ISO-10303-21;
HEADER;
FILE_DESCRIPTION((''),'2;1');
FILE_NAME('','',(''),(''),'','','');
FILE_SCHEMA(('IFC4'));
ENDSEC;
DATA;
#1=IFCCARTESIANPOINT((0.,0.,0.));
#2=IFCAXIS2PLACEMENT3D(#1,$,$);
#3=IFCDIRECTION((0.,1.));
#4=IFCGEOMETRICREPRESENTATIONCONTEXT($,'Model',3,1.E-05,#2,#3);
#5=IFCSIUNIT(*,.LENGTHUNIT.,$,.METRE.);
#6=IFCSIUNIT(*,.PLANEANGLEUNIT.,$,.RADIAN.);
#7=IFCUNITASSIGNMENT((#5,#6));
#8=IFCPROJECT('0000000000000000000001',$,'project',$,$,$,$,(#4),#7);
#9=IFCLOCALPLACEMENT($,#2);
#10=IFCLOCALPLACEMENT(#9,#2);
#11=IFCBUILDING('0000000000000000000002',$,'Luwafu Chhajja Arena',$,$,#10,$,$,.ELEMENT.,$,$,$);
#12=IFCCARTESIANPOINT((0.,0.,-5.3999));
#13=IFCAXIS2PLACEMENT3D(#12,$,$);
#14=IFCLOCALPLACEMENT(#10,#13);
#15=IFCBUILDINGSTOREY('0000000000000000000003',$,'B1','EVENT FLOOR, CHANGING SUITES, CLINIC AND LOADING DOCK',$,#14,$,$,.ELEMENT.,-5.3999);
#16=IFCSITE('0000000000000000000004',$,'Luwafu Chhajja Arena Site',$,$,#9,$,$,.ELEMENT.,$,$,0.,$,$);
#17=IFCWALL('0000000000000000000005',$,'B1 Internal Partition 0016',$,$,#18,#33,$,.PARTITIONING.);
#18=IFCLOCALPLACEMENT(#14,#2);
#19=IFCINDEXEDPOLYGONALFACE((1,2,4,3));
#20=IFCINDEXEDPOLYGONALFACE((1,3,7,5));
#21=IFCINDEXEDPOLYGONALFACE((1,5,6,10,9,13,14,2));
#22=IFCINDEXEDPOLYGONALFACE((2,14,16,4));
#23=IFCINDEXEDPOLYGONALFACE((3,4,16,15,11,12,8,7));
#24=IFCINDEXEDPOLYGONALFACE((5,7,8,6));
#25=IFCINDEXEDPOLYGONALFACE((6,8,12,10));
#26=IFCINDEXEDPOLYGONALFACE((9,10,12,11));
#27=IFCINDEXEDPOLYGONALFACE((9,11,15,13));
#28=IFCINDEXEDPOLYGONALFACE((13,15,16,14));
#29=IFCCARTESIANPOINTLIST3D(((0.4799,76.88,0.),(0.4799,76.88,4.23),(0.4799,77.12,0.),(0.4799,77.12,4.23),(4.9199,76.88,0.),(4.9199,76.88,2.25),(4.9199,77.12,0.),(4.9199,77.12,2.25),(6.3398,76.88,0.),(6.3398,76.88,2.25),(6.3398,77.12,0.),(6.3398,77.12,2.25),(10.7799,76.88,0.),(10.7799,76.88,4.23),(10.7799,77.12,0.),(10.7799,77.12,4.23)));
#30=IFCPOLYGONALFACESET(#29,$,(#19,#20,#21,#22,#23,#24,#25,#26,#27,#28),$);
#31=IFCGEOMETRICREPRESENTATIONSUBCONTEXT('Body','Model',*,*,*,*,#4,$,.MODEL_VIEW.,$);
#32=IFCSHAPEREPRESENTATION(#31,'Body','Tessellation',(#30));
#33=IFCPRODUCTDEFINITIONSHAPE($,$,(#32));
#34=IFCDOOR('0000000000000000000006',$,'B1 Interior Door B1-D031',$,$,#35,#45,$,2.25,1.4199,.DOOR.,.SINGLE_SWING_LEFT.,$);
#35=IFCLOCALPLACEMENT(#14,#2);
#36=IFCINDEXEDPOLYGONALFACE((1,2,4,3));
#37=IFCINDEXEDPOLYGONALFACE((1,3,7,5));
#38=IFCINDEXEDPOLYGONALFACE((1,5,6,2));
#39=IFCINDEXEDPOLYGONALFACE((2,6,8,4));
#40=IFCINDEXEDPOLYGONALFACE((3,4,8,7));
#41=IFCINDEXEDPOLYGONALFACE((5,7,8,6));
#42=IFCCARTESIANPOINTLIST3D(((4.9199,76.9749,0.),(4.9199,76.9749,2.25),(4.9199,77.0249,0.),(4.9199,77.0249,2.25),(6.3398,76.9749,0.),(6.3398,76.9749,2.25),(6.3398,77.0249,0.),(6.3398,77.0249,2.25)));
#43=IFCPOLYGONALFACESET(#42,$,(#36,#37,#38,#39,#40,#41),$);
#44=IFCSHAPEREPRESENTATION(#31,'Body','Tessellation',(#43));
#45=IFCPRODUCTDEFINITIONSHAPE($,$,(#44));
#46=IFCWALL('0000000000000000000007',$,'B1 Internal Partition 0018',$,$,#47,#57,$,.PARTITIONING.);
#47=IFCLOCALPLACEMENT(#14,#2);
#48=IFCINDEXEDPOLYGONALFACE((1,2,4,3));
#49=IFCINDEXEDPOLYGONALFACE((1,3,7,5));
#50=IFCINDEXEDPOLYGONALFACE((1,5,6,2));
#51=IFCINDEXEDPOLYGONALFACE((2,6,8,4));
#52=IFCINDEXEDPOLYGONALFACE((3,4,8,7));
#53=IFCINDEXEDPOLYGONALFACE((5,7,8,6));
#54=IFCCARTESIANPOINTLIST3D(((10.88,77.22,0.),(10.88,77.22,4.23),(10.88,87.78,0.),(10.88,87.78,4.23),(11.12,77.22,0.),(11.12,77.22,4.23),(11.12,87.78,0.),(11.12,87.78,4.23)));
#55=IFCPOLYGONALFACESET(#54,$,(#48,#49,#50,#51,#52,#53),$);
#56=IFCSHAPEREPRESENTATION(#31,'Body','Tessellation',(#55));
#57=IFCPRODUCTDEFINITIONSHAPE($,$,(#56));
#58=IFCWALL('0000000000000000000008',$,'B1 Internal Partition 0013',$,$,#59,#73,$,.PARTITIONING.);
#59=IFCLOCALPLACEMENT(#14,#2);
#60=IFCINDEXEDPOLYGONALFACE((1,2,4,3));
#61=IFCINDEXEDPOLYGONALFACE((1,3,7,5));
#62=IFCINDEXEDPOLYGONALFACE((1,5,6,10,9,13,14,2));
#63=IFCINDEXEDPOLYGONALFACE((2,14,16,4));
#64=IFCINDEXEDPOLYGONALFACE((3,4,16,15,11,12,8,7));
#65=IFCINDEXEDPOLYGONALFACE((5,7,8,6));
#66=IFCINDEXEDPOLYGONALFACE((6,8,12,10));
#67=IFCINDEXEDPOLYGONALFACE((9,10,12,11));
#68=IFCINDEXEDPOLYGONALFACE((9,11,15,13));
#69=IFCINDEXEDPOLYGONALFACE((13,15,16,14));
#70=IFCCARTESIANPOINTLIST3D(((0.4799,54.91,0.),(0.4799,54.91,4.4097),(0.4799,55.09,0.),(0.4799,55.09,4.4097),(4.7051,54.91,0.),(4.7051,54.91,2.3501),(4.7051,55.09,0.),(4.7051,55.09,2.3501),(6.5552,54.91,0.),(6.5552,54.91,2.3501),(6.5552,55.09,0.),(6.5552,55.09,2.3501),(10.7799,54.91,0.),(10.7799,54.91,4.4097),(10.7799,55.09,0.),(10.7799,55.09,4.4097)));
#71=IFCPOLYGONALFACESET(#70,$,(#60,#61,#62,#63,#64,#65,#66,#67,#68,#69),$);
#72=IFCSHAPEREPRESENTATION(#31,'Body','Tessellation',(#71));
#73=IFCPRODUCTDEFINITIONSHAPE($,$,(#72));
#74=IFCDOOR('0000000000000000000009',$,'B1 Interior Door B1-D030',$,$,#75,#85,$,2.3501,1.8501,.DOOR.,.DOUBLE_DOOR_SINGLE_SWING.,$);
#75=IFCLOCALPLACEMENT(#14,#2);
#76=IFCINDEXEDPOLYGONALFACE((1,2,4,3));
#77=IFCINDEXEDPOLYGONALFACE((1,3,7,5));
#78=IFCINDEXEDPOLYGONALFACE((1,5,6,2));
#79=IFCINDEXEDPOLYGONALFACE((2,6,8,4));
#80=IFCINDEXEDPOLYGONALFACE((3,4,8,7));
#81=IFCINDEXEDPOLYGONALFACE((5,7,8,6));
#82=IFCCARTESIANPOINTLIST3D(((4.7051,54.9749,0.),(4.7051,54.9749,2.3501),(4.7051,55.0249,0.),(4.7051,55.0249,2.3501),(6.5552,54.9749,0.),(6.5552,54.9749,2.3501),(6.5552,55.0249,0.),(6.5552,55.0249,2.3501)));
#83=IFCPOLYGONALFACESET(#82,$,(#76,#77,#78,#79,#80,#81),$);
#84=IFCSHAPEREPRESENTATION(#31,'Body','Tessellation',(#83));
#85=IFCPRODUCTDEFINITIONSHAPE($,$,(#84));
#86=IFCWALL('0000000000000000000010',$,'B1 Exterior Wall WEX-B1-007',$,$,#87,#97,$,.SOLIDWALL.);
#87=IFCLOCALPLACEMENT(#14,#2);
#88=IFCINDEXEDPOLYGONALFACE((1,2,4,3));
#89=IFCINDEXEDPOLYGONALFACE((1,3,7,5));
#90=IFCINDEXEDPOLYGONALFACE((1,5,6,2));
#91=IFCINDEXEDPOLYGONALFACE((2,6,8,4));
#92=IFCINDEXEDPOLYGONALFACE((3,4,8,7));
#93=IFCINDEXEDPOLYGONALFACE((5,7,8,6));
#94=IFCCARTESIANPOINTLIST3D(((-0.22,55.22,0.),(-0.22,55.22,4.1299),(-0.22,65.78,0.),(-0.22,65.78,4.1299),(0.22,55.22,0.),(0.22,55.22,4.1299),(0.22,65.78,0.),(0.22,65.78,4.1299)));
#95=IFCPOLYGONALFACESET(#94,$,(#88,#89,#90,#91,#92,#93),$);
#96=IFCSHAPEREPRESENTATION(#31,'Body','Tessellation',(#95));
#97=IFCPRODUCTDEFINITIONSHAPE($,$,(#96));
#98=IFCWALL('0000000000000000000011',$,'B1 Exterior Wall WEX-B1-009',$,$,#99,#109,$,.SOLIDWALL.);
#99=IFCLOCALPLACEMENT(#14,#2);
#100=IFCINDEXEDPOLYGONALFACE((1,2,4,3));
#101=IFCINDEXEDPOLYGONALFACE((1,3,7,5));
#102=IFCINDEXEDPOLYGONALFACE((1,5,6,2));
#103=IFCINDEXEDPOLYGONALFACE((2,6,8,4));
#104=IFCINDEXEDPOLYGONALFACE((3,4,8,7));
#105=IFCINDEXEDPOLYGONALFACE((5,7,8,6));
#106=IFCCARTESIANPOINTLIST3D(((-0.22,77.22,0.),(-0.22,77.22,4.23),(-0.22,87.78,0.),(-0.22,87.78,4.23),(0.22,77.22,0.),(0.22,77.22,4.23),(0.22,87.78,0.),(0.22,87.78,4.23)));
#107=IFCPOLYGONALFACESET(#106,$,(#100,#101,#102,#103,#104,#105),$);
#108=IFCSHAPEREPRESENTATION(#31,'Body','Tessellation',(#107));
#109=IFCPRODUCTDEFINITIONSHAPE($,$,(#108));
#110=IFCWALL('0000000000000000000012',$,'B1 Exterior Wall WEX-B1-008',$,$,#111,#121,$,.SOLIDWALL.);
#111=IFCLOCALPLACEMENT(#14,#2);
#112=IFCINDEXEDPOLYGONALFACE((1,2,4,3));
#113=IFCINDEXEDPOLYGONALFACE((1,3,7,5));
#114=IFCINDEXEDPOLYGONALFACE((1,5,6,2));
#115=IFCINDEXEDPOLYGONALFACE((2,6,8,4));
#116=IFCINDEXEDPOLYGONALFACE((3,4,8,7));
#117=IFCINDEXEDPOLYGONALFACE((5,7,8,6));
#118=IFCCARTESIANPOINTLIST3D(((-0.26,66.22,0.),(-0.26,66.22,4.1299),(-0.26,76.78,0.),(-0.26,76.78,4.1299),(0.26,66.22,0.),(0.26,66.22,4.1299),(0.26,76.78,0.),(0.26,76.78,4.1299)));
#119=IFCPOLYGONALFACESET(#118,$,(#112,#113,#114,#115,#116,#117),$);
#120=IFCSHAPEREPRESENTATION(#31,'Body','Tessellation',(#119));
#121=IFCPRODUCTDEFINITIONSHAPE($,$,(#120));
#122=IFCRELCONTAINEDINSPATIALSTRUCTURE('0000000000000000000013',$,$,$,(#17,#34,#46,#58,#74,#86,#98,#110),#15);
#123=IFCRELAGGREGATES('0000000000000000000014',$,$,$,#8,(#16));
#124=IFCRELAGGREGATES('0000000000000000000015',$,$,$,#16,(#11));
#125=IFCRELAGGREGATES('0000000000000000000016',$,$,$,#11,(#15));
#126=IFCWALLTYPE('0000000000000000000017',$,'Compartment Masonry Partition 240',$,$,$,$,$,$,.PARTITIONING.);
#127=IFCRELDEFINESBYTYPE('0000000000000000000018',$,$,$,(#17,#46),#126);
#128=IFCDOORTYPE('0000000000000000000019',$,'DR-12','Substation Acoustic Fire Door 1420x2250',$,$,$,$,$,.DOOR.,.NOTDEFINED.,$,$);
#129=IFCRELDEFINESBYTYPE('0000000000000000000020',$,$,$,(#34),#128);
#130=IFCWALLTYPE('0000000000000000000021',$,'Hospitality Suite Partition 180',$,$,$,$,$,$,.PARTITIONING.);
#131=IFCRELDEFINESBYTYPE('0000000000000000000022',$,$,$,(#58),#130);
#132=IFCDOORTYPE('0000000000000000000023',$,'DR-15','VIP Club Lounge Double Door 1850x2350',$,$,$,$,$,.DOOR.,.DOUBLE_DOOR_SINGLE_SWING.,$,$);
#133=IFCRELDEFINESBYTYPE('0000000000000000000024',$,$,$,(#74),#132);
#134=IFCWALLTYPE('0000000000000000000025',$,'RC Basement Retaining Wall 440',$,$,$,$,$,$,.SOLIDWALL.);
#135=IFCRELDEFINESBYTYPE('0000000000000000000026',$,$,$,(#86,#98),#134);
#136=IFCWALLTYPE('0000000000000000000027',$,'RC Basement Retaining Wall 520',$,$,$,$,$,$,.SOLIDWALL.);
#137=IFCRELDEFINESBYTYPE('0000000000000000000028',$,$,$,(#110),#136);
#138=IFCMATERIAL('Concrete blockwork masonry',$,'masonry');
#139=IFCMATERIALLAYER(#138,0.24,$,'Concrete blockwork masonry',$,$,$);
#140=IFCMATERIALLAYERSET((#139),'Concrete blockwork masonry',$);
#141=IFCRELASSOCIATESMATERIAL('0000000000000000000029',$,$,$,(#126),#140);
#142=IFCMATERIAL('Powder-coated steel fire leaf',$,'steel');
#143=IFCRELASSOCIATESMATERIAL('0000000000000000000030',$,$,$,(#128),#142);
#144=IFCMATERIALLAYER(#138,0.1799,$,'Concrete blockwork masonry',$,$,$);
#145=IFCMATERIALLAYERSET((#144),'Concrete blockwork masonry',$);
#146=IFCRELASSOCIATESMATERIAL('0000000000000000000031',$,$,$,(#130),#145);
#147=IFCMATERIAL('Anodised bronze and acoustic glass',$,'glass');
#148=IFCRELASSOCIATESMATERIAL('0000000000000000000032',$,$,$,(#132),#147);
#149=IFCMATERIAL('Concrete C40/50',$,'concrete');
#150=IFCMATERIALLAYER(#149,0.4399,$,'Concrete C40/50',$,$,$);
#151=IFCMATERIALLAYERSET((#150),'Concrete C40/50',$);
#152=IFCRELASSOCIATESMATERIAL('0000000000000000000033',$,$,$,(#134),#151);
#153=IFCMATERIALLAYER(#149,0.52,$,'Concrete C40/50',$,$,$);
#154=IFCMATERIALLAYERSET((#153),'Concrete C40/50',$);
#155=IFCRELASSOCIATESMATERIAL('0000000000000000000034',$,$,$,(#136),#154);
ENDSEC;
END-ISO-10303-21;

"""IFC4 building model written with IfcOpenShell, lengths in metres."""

from ifc_helpers import new_model, si_unit, direction, frame, frame_2d, origin, place, context, subcontext, project, spatial, rectangle, extrude, material, layer, layer_set, type_object, element, fill, save


model = new_model("IFC4")

# Units and contexts
model_context = context("Model", 3, precision=1e-05, world=origin(), true_north=direction((0.0, 1.0)))
body_context = subcontext(model_context, "Body", "Model", "MODEL_VIEW")
ifc_project = project(units=[si_unit("LENGTHUNIT", "METRE"), si_unit("PLANEANGLEUNIT", "RADIAN")], contexts=[model_context])

# Site, building, storey
site_placement = place(None, origin())
site = spatial("IfcSite", under=ifc_project, at=site_placement, Name="Luwafu Chhajja Arena Site", CompositionType="ELEMENT", RefElevation=0.0)
building_placement = place(site_placement, origin())
building = spatial("IfcBuilding", under=site, at=building_placement, Name="Luwafu Chhajja Arena", CompositionType="ELEMENT")
storey_placement = place(building_placement, frame((0.0, 0.0, -5.3999)))
storey = spatial("IfcBuildingStorey", under=building, at=storey_placement, Name="B1", Description="EVENT FLOOR, CHANGING SUITES, CLINIC AND LOADING DOCK", CompositionType="ELEMENT", Elevation=-5.3999)

# Shared definitions
ifc_material_1 = material(Name="Concrete C40/50", Category="concrete")

# Shared definitions
ifc_material_2 = material(Name="Concrete blockwork masonry", Category="masonry")
ifc_layer_1 = layer(ifc_material_2, 0.24, Name="Concrete blockwork masonry")
ifc_layer_set_1 = layer_set([ifc_layer_1], Name="Concrete blockwork masonry")
wall_type_1 = type_object("IfcWallType", Name="Compartment Masonry Partition 240", PredefinedType="PARTITIONING", material=ifc_layer_set_1)

# Wall, opening, door
wall_1_placement = place(storey_placement, frame((0.48, 77.0, 0.0), z_axis=(0.0, 0.0, 1.0), x_axis=(1.0, 0.0, 0.0)))
wall_1 = element("IfcWall", 1, at=wall_1_placement, inside=storey, type_object=wall_type_1, Name="B1 Internal Partition 0016", PredefinedType="PARTITIONING", context=body_context, shape_type="SweptSolid", body=[
    extrude(rectangle(XDim=10.3, YDim=0.24, at=frame_2d((5.1499, 0.0))), origin(), (0.0, 0.0, 1.0), 4.23),
])
opening_1_placement = place(wall_1_placement, frame((4.4399, 0.0, 0.0)))
opening_1 = element("IfcOpeningElement", 2, at=opening_1_placement, cuts=wall_1, PredefinedType="OPENING", context=body_context, shape_type="SweptSolid", body=[
    extrude(rectangle(XDim=1.4199, YDim=2.25, at=frame_2d((0.71, 1.125))), frame((0.0, 0.1299, 0.0), z_axis=(0.0, -1.0, 0.0), x_axis=(1.0, 0.0, 0.0)), (0.0, 0.0, 1.0), 0.26),
])
ifc_material_3 = material(Name="Powder-coated steel fire leaf", Category="steel")
door_type_1 = type_object("IfcDoorType", Name="DR-12", Description="Substation Acoustic Fire Door 1420x2250", OperationType="NOTDEFINED", PredefinedType="DOOR", material=ifc_material_3)
door_1_placement = place(opening_1_placement, origin())
door_1 = element("IfcDoor", 3, at=door_1_placement, inside=storey, type_object=door_type_1, Name="B1 Interior Door B1-D031", OperationType="SINGLE_SWING_LEFT", OverallHeight=2.25, OverallWidth=1.4199, PredefinedType="DOOR", context=body_context, shape_type="SweptSolid", body=[
    extrude(rectangle(XDim=1.4199, YDim=2.25, at=frame_2d((0.71, 1.125))), frame((0.0, 0.0249, 0.0), z_axis=(0.0, -1.0, 0.0), x_axis=(1.0, 0.0, 0.0)), (0.0, 0.0, 1.0), 0.05),
])
fill(opening_1, door_1)

# Wall
wall_2_placement = place(storey_placement, frame((11.0, 77.22, 0.0), z_axis=(0.0, 0.0, 1.0), x_axis=(0.0, 1.0, 0.0)))
element("IfcWall", 4, at=wall_2_placement, inside=storey, type_object=wall_type_1, Name="B1 Internal Partition 0018", PredefinedType="PARTITIONING", context=body_context, shape_type="SweptSolid", body=[
    extrude(rectangle(XDim=10.5601, YDim=0.24, at=frame_2d((5.28, 0.0))), origin(), (0.0, 0.0, 1.0), 4.23),
])

# Wall, opening, door
ifc_layer_2 = layer(ifc_material_2, 0.1799, Name="Concrete blockwork masonry")
ifc_layer_set_2 = layer_set([ifc_layer_2], Name="Concrete blockwork masonry")
wall_type_2 = type_object("IfcWallType", Name="Hospitality Suite Partition 180", PredefinedType="PARTITIONING", material=ifc_layer_set_2)
wall_3_placement = place(storey_placement, frame((0.48, 55.0, 0.0), z_axis=(0.0, 0.0, 1.0), x_axis=(1.0, 0.0, 0.0)))
wall_3 = element("IfcWall", 5, at=wall_3_placement, inside=storey, type_object=wall_type_2, Name="B1 Internal Partition 0013", PredefinedType="PARTITIONING", context=body_context, shape_type="SweptSolid", body=[
    extrude(rectangle(XDim=10.3, YDim=0.1799, at=frame_2d((5.1499, 0.0))), origin(), (0.0, 0.0, 1.0), 4.4097),
])
opening_2_placement = place(wall_3_placement, frame((4.2251, 0.0, 0.0)))
opening_2 = element("IfcOpeningElement", 6, at=opening_2_placement, cuts=wall_3, PredefinedType="OPENING", context=body_context, shape_type="SweptSolid", body=[
    extrude(rectangle(XDim=1.8501, YDim=2.3501, at=frame_2d((0.925, 1.175))), frame((0.0, 0.0999, 0.0), z_axis=(0.0, -1.0, 0.0), x_axis=(1.0, 0.0, 0.0)), (0.0, 0.0, 1.0), 0.2),
])
ifc_material_4 = material(Name="Anodised bronze and acoustic glass", Category="glass")
door_type_2 = type_object("IfcDoorType", Name="DR-15", Description="VIP Club Lounge Double Door 1850x2350", OperationType="DOUBLE_DOOR_SINGLE_SWING", PredefinedType="DOOR", material=ifc_material_4)
door_2_placement = place(opening_2_placement, origin())
door_2 = element("IfcDoor", 7, at=door_2_placement, inside=storey, type_object=door_type_2, Name="B1 Interior Door B1-D030", OperationType="DOUBLE_DOOR_SINGLE_SWING", OverallHeight=2.3501, OverallWidth=1.8501, PredefinedType="DOOR", context=body_context, shape_type="SweptSolid", body=[
    extrude(rectangle(XDim=1.8501, YDim=2.3501, at=frame_2d((0.925, 1.175))), frame((0.0, 0.0249, 0.0), z_axis=(0.0, -1.0, 0.0), x_axis=(1.0, 0.0, 0.0)), (0.0, 0.0, 1.0), 0.05),
])
fill(opening_2, door_2)

# Walls
ifc_layer_3 = layer(ifc_material_1, 0.4399, Name="Concrete C40/50")
ifc_layer_set_3 = layer_set([ifc_layer_3], Name="Concrete C40/50")
wall_type_3 = type_object("IfcWallType", Name="RC Basement Retaining Wall 440", PredefinedType="SOLIDWALL", material=ifc_layer_set_3)
wall_4_placement = place(storey_placement, frame((0.0, 55.22, 0.0), z_axis=(0.0, 0.0, 1.0), x_axis=(0.0, 1.0, 0.0)))
element("IfcWall", 8, at=wall_4_placement, inside=storey, type_object=wall_type_3, Name="B1 Exterior Wall WEX-B1-007", PredefinedType="SOLIDWALL", context=body_context, shape_type="SweptSolid", body=[
    extrude(rectangle(XDim=10.5601, YDim=0.4399, at=frame_2d((5.28, 0.0))), origin(), (0.0, 0.0, 1.0), 4.1299),
])
wall_5_placement = place(storey_placement, frame((0.0, 77.22, 0.0), z_axis=(0.0, 0.0, 1.0), x_axis=(0.0, 1.0, 0.0)))
element("IfcWall", 9, at=wall_5_placement, inside=storey, type_object=wall_type_3, Name="B1 Exterior Wall WEX-B1-009", PredefinedType="SOLIDWALL", context=body_context, shape_type="SweptSolid", body=[
    extrude(rectangle(XDim=10.5601, YDim=0.4399, at=frame_2d((5.28, 0.0))), origin(), (0.0, 0.0, 1.0), 4.23),
])
ifc_layer_4 = layer(ifc_material_1, 0.52, Name="Concrete C40/50")
ifc_layer_set_4 = layer_set([ifc_layer_4], Name="Concrete C40/50")
wall_type_4 = type_object("IfcWallType", Name="RC Basement Retaining Wall 520", PredefinedType="SOLIDWALL", material=ifc_layer_set_4)
wall_6_placement = place(storey_placement, frame((0.0, 66.22, 0.0), z_axis=(0.0, 0.0, 1.0), x_axis=(0.0, 1.0, 0.0)))
element("IfcWall", 10, at=wall_6_placement, inside=storey, type_object=wall_type_4, Name="B1 Exterior Wall WEX-B1-008", PredefinedType="SOLIDWALL", context=body_context, shape_type="SweptSolid", body=[
    extrude(rectangle(XDim=10.5601, YDim=0.52, at=frame_2d((5.28, 0.0))), origin(), (0.0, 0.0, 1.0), 4.1299),
])

save(model, "model.ifc")
